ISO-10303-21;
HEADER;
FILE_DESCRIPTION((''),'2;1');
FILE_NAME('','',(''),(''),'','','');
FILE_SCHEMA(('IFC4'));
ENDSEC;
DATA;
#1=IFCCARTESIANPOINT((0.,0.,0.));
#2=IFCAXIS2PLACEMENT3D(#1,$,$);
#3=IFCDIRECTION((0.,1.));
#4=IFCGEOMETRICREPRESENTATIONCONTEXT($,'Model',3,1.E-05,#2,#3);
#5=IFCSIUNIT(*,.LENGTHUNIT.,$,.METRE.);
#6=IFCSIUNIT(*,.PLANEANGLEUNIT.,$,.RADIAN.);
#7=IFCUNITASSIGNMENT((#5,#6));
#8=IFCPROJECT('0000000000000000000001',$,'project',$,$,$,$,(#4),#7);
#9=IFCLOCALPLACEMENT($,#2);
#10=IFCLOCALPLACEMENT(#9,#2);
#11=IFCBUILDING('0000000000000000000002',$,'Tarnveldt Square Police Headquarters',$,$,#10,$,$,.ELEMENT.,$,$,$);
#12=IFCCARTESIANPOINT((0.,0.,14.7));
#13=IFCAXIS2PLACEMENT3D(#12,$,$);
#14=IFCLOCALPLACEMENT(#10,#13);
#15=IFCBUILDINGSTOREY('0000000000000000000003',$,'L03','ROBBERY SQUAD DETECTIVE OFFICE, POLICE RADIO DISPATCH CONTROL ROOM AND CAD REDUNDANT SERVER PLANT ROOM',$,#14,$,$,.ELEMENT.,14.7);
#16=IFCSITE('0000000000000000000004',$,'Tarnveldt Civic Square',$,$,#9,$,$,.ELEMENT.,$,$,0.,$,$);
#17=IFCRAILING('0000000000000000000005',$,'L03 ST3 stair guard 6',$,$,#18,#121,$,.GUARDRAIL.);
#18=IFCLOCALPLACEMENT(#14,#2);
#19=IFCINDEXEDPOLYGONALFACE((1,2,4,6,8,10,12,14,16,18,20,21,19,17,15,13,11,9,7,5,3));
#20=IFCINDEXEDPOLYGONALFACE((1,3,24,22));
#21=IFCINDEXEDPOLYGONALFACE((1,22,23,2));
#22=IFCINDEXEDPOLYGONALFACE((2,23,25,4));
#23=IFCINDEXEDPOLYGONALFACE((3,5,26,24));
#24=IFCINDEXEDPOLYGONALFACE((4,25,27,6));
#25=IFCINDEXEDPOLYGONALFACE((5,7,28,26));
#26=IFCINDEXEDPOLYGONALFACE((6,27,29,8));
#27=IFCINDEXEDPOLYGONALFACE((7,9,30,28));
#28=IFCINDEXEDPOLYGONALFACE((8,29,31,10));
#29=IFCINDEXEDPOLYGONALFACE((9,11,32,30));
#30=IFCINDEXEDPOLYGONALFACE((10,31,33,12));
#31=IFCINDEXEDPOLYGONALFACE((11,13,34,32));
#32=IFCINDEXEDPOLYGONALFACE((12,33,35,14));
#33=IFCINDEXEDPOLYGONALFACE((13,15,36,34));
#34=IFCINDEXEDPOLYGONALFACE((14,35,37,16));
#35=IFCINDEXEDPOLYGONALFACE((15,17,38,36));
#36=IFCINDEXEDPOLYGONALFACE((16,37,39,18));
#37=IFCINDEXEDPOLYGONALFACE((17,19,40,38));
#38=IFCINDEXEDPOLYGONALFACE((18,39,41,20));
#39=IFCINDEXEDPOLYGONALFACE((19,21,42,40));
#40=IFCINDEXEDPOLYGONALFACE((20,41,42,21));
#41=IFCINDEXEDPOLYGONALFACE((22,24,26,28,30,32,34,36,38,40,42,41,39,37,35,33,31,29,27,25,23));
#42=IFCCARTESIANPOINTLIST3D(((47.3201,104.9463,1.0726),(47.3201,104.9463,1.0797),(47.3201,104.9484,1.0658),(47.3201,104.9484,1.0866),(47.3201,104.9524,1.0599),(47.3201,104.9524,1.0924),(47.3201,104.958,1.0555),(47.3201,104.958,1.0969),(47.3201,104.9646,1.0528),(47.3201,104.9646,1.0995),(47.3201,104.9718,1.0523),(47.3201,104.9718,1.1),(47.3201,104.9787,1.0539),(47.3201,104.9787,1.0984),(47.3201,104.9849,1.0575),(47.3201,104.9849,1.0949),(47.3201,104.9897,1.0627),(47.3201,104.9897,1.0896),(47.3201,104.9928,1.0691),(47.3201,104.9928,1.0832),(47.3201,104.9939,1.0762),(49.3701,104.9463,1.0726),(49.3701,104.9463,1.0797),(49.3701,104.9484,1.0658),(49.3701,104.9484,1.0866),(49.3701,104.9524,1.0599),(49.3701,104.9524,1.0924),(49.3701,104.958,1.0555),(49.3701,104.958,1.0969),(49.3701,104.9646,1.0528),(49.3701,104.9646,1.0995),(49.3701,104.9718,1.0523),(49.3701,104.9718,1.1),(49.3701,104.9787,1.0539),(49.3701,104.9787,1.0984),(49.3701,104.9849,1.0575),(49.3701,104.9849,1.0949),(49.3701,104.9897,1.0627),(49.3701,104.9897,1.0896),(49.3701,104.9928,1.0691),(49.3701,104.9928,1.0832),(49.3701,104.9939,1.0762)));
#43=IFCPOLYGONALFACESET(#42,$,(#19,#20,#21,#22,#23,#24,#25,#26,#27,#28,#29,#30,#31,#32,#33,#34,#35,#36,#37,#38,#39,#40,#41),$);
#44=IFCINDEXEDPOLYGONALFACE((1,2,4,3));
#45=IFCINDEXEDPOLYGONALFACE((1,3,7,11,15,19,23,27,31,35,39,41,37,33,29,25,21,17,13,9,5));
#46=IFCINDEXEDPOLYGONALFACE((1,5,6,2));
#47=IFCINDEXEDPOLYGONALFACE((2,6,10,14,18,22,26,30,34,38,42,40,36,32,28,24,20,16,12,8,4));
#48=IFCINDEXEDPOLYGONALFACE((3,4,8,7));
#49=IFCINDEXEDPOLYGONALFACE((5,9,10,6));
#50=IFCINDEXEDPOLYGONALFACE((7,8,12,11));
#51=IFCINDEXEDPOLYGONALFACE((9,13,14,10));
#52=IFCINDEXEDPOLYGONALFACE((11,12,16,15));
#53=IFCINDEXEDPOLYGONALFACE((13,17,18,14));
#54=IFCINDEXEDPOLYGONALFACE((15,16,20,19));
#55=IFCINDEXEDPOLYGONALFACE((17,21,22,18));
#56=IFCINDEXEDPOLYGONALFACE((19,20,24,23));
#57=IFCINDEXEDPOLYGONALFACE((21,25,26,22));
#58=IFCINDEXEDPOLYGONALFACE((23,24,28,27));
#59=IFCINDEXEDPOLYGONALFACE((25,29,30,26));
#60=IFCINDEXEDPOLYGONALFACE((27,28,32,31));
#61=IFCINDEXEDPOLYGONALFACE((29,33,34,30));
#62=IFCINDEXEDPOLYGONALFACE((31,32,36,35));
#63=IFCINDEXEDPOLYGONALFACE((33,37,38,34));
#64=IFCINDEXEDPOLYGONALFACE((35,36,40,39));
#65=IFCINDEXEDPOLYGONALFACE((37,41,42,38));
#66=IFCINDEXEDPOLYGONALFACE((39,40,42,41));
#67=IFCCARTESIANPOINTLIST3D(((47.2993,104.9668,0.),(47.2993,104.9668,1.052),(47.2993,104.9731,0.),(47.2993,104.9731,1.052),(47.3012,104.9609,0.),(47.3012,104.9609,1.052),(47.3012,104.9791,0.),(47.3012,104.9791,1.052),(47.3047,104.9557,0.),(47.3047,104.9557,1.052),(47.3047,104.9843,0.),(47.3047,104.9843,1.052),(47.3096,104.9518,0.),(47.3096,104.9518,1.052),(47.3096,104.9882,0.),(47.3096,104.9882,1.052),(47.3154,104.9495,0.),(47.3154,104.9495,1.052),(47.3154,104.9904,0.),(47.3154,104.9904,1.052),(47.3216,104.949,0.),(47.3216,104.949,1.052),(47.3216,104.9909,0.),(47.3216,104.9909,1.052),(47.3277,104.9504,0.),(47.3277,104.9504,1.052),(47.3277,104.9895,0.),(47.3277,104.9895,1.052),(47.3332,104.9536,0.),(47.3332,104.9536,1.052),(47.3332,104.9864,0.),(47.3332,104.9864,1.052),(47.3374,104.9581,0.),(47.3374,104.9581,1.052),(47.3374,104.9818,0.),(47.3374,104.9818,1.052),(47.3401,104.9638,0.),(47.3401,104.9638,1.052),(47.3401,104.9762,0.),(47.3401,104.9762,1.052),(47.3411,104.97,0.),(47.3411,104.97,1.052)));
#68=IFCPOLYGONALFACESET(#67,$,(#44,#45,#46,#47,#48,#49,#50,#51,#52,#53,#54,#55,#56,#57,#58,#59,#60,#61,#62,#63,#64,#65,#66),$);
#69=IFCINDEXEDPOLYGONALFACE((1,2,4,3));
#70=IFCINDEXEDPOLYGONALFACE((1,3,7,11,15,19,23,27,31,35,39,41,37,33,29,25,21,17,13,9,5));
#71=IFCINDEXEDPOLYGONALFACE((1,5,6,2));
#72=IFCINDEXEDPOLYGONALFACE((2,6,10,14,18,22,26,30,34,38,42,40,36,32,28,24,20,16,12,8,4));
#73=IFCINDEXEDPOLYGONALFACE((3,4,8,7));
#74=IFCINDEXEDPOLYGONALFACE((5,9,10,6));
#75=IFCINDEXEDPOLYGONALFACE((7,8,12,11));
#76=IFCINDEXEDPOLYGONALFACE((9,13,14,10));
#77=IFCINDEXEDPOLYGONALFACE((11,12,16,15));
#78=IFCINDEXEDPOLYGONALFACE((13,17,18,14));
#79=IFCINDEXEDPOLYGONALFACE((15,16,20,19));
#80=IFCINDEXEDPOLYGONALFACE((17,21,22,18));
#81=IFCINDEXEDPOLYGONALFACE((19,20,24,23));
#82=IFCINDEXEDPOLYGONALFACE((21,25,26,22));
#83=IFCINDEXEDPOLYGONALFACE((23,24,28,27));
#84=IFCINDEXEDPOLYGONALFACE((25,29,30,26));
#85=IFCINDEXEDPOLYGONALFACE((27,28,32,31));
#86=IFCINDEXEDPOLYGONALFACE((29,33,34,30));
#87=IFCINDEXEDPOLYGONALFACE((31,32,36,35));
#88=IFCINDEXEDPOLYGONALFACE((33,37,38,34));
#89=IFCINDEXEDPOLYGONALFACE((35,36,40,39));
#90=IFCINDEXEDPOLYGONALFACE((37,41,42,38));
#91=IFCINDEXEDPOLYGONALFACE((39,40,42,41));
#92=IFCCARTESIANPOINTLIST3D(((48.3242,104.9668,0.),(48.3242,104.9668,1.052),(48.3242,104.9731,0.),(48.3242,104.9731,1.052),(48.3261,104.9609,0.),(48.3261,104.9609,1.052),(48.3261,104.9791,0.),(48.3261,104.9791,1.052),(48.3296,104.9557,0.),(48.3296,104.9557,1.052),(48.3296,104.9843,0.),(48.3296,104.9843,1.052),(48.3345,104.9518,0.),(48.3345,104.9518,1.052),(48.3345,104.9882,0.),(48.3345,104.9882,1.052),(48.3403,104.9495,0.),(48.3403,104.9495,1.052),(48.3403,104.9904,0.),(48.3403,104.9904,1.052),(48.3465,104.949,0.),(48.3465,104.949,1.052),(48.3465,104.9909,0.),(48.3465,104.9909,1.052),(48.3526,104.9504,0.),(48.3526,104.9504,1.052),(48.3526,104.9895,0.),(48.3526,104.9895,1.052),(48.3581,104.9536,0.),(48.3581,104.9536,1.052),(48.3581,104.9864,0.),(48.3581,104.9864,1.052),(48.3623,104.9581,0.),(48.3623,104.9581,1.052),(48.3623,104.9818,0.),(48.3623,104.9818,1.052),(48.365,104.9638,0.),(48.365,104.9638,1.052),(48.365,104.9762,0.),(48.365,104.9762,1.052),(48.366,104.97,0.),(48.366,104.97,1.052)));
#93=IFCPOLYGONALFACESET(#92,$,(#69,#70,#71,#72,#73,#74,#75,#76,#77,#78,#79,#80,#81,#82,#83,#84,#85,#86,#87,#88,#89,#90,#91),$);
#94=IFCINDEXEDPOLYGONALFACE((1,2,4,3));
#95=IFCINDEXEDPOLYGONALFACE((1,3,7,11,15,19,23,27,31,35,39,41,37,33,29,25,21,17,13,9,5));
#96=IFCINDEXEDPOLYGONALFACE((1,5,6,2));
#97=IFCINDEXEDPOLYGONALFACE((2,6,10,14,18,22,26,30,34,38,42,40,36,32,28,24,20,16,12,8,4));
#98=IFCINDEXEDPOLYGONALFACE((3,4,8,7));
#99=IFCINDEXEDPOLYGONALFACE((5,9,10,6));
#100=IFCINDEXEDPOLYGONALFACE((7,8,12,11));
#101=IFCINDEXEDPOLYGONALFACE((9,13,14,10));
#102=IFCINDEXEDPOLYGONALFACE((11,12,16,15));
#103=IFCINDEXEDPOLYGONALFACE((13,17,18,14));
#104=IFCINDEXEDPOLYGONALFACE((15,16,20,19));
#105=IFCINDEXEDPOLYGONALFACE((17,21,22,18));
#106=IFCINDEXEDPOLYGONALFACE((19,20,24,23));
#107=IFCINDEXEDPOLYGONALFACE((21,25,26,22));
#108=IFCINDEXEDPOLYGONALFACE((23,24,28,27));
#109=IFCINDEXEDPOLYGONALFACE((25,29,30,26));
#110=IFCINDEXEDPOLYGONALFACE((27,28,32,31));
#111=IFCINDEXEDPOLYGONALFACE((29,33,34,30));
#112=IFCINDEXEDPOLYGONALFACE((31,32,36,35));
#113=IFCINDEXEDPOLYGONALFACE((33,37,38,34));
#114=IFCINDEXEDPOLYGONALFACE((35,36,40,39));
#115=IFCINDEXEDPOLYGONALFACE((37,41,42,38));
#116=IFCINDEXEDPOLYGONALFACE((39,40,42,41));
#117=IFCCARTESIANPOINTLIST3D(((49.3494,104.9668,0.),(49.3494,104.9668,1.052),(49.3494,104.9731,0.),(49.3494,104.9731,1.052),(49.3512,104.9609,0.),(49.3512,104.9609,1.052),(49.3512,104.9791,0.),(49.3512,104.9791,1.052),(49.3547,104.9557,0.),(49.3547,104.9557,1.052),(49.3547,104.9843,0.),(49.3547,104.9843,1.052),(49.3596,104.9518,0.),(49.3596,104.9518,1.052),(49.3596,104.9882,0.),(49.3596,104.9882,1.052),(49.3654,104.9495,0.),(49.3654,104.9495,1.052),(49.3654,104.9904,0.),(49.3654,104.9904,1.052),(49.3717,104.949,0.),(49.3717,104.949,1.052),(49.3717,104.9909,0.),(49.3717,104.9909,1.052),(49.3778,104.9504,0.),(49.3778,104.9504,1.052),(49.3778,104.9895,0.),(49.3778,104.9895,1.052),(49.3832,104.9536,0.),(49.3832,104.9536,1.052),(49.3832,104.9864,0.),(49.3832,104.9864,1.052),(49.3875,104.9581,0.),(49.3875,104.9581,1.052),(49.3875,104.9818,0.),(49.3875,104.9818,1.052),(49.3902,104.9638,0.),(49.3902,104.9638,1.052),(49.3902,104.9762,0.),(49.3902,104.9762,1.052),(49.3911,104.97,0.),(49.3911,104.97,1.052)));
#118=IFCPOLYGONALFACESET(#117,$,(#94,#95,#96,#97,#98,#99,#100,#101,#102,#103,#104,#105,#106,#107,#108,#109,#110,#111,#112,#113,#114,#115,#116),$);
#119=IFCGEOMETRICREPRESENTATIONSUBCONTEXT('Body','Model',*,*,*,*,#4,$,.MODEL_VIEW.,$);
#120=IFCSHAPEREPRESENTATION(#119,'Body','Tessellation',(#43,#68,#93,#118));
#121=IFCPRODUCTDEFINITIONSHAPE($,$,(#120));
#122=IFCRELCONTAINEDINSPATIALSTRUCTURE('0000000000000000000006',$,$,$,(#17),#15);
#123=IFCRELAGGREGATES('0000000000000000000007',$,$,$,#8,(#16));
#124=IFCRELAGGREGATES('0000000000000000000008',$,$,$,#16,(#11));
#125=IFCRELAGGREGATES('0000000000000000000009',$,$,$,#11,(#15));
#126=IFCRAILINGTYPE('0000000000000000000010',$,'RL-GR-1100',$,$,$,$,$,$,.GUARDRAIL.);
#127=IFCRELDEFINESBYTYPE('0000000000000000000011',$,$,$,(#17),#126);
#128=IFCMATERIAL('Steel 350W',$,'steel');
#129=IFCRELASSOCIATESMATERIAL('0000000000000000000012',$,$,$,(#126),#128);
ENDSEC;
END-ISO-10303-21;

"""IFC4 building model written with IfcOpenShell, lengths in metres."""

from ifc_helpers import new_model, si_unit, direction, frame, origin, origin_2d, place, context, subcontext, project, spatial, circle, extrude, material, type_object, element, save


model = new_model("IFC4")

# Units and contexts
model_context = context("Model", 3, precision=1e-05, world=origin(), true_north=direction((0.0, 1.0)))
body_context = subcontext(model_context, "Body", "Model", "MODEL_VIEW")
ifc_project = project(units=[si_unit("LENGTHUNIT", "METRE"), si_unit("PLANEANGLEUNIT", "RADIAN")], contexts=[model_context])

# Site, building, storey
site_placement = place(None, origin())
site = spatial("IfcSite", under=ifc_project, at=site_placement, Name="Tarnveldt Civic Square", CompositionType="ELEMENT", RefElevation=0.0)
building_placement = place(site_placement, origin())
building = spatial("IfcBuilding", under=site, at=building_placement, Name="Tarnveldt Square Police Headquarters", CompositionType="ELEMENT")
storey_placement = place(building_placement, frame((0.0, 0.0, 14.7)))
storey = spatial("IfcBuildingStorey", under=building, at=storey_placement, Name="L03", Description="ROBBERY SQUAD DETECTIVE OFFICE, POLICE RADIO DISPATCH CONTROL ROOM AND CAD REDUNDANT SERVER PLANT ROOM", CompositionType="ELEMENT", Elevation=14.7)

# Shared definitions
ifc_material_1 = material(Name="Steel 350W", Category="steel")

# Railing
railing_type = type_object("IfcRailingType", Name="RL-GR-1100", PredefinedType="GUARDRAIL", material=ifc_material_1)
railing_placement = place(storey_placement, frame((47.3201, 104.97, 0.0)))
element("IfcRailing", 1, at=railing_placement, inside=storey, type_object=railing_type, Name="L03 ST3 stair guard 6", PredefinedType="GUARDRAIL", context=body_context, shape_type="SweptSolid", body=[
    extrude(circle(Radius=0.0239, at=origin_2d()), frame((0.0, 0.0, 1.0762), z_axis=(1.0, 0.0, 0.0), x_axis=(0.0, 1.0, 0.0)), (0.0, 0.0, 1.0), 2.05),
    extrude(circle(Radius=0.021, at=origin_2d()), origin(), (0.0, 0.0, 1.0), 1.052),
    extrude(circle(Radius=0.021, at=origin_2d()), frame((1.0249, 0.0, 0.0)), (0.0, 0.0, 1.0), 1.052),
    extrude(circle(Radius=0.021, at=origin_2d()), frame((2.05, 0.0, 0.0)), (0.0, 0.0, 1.0), 1.052),
])

save(model, "model.ifc")
